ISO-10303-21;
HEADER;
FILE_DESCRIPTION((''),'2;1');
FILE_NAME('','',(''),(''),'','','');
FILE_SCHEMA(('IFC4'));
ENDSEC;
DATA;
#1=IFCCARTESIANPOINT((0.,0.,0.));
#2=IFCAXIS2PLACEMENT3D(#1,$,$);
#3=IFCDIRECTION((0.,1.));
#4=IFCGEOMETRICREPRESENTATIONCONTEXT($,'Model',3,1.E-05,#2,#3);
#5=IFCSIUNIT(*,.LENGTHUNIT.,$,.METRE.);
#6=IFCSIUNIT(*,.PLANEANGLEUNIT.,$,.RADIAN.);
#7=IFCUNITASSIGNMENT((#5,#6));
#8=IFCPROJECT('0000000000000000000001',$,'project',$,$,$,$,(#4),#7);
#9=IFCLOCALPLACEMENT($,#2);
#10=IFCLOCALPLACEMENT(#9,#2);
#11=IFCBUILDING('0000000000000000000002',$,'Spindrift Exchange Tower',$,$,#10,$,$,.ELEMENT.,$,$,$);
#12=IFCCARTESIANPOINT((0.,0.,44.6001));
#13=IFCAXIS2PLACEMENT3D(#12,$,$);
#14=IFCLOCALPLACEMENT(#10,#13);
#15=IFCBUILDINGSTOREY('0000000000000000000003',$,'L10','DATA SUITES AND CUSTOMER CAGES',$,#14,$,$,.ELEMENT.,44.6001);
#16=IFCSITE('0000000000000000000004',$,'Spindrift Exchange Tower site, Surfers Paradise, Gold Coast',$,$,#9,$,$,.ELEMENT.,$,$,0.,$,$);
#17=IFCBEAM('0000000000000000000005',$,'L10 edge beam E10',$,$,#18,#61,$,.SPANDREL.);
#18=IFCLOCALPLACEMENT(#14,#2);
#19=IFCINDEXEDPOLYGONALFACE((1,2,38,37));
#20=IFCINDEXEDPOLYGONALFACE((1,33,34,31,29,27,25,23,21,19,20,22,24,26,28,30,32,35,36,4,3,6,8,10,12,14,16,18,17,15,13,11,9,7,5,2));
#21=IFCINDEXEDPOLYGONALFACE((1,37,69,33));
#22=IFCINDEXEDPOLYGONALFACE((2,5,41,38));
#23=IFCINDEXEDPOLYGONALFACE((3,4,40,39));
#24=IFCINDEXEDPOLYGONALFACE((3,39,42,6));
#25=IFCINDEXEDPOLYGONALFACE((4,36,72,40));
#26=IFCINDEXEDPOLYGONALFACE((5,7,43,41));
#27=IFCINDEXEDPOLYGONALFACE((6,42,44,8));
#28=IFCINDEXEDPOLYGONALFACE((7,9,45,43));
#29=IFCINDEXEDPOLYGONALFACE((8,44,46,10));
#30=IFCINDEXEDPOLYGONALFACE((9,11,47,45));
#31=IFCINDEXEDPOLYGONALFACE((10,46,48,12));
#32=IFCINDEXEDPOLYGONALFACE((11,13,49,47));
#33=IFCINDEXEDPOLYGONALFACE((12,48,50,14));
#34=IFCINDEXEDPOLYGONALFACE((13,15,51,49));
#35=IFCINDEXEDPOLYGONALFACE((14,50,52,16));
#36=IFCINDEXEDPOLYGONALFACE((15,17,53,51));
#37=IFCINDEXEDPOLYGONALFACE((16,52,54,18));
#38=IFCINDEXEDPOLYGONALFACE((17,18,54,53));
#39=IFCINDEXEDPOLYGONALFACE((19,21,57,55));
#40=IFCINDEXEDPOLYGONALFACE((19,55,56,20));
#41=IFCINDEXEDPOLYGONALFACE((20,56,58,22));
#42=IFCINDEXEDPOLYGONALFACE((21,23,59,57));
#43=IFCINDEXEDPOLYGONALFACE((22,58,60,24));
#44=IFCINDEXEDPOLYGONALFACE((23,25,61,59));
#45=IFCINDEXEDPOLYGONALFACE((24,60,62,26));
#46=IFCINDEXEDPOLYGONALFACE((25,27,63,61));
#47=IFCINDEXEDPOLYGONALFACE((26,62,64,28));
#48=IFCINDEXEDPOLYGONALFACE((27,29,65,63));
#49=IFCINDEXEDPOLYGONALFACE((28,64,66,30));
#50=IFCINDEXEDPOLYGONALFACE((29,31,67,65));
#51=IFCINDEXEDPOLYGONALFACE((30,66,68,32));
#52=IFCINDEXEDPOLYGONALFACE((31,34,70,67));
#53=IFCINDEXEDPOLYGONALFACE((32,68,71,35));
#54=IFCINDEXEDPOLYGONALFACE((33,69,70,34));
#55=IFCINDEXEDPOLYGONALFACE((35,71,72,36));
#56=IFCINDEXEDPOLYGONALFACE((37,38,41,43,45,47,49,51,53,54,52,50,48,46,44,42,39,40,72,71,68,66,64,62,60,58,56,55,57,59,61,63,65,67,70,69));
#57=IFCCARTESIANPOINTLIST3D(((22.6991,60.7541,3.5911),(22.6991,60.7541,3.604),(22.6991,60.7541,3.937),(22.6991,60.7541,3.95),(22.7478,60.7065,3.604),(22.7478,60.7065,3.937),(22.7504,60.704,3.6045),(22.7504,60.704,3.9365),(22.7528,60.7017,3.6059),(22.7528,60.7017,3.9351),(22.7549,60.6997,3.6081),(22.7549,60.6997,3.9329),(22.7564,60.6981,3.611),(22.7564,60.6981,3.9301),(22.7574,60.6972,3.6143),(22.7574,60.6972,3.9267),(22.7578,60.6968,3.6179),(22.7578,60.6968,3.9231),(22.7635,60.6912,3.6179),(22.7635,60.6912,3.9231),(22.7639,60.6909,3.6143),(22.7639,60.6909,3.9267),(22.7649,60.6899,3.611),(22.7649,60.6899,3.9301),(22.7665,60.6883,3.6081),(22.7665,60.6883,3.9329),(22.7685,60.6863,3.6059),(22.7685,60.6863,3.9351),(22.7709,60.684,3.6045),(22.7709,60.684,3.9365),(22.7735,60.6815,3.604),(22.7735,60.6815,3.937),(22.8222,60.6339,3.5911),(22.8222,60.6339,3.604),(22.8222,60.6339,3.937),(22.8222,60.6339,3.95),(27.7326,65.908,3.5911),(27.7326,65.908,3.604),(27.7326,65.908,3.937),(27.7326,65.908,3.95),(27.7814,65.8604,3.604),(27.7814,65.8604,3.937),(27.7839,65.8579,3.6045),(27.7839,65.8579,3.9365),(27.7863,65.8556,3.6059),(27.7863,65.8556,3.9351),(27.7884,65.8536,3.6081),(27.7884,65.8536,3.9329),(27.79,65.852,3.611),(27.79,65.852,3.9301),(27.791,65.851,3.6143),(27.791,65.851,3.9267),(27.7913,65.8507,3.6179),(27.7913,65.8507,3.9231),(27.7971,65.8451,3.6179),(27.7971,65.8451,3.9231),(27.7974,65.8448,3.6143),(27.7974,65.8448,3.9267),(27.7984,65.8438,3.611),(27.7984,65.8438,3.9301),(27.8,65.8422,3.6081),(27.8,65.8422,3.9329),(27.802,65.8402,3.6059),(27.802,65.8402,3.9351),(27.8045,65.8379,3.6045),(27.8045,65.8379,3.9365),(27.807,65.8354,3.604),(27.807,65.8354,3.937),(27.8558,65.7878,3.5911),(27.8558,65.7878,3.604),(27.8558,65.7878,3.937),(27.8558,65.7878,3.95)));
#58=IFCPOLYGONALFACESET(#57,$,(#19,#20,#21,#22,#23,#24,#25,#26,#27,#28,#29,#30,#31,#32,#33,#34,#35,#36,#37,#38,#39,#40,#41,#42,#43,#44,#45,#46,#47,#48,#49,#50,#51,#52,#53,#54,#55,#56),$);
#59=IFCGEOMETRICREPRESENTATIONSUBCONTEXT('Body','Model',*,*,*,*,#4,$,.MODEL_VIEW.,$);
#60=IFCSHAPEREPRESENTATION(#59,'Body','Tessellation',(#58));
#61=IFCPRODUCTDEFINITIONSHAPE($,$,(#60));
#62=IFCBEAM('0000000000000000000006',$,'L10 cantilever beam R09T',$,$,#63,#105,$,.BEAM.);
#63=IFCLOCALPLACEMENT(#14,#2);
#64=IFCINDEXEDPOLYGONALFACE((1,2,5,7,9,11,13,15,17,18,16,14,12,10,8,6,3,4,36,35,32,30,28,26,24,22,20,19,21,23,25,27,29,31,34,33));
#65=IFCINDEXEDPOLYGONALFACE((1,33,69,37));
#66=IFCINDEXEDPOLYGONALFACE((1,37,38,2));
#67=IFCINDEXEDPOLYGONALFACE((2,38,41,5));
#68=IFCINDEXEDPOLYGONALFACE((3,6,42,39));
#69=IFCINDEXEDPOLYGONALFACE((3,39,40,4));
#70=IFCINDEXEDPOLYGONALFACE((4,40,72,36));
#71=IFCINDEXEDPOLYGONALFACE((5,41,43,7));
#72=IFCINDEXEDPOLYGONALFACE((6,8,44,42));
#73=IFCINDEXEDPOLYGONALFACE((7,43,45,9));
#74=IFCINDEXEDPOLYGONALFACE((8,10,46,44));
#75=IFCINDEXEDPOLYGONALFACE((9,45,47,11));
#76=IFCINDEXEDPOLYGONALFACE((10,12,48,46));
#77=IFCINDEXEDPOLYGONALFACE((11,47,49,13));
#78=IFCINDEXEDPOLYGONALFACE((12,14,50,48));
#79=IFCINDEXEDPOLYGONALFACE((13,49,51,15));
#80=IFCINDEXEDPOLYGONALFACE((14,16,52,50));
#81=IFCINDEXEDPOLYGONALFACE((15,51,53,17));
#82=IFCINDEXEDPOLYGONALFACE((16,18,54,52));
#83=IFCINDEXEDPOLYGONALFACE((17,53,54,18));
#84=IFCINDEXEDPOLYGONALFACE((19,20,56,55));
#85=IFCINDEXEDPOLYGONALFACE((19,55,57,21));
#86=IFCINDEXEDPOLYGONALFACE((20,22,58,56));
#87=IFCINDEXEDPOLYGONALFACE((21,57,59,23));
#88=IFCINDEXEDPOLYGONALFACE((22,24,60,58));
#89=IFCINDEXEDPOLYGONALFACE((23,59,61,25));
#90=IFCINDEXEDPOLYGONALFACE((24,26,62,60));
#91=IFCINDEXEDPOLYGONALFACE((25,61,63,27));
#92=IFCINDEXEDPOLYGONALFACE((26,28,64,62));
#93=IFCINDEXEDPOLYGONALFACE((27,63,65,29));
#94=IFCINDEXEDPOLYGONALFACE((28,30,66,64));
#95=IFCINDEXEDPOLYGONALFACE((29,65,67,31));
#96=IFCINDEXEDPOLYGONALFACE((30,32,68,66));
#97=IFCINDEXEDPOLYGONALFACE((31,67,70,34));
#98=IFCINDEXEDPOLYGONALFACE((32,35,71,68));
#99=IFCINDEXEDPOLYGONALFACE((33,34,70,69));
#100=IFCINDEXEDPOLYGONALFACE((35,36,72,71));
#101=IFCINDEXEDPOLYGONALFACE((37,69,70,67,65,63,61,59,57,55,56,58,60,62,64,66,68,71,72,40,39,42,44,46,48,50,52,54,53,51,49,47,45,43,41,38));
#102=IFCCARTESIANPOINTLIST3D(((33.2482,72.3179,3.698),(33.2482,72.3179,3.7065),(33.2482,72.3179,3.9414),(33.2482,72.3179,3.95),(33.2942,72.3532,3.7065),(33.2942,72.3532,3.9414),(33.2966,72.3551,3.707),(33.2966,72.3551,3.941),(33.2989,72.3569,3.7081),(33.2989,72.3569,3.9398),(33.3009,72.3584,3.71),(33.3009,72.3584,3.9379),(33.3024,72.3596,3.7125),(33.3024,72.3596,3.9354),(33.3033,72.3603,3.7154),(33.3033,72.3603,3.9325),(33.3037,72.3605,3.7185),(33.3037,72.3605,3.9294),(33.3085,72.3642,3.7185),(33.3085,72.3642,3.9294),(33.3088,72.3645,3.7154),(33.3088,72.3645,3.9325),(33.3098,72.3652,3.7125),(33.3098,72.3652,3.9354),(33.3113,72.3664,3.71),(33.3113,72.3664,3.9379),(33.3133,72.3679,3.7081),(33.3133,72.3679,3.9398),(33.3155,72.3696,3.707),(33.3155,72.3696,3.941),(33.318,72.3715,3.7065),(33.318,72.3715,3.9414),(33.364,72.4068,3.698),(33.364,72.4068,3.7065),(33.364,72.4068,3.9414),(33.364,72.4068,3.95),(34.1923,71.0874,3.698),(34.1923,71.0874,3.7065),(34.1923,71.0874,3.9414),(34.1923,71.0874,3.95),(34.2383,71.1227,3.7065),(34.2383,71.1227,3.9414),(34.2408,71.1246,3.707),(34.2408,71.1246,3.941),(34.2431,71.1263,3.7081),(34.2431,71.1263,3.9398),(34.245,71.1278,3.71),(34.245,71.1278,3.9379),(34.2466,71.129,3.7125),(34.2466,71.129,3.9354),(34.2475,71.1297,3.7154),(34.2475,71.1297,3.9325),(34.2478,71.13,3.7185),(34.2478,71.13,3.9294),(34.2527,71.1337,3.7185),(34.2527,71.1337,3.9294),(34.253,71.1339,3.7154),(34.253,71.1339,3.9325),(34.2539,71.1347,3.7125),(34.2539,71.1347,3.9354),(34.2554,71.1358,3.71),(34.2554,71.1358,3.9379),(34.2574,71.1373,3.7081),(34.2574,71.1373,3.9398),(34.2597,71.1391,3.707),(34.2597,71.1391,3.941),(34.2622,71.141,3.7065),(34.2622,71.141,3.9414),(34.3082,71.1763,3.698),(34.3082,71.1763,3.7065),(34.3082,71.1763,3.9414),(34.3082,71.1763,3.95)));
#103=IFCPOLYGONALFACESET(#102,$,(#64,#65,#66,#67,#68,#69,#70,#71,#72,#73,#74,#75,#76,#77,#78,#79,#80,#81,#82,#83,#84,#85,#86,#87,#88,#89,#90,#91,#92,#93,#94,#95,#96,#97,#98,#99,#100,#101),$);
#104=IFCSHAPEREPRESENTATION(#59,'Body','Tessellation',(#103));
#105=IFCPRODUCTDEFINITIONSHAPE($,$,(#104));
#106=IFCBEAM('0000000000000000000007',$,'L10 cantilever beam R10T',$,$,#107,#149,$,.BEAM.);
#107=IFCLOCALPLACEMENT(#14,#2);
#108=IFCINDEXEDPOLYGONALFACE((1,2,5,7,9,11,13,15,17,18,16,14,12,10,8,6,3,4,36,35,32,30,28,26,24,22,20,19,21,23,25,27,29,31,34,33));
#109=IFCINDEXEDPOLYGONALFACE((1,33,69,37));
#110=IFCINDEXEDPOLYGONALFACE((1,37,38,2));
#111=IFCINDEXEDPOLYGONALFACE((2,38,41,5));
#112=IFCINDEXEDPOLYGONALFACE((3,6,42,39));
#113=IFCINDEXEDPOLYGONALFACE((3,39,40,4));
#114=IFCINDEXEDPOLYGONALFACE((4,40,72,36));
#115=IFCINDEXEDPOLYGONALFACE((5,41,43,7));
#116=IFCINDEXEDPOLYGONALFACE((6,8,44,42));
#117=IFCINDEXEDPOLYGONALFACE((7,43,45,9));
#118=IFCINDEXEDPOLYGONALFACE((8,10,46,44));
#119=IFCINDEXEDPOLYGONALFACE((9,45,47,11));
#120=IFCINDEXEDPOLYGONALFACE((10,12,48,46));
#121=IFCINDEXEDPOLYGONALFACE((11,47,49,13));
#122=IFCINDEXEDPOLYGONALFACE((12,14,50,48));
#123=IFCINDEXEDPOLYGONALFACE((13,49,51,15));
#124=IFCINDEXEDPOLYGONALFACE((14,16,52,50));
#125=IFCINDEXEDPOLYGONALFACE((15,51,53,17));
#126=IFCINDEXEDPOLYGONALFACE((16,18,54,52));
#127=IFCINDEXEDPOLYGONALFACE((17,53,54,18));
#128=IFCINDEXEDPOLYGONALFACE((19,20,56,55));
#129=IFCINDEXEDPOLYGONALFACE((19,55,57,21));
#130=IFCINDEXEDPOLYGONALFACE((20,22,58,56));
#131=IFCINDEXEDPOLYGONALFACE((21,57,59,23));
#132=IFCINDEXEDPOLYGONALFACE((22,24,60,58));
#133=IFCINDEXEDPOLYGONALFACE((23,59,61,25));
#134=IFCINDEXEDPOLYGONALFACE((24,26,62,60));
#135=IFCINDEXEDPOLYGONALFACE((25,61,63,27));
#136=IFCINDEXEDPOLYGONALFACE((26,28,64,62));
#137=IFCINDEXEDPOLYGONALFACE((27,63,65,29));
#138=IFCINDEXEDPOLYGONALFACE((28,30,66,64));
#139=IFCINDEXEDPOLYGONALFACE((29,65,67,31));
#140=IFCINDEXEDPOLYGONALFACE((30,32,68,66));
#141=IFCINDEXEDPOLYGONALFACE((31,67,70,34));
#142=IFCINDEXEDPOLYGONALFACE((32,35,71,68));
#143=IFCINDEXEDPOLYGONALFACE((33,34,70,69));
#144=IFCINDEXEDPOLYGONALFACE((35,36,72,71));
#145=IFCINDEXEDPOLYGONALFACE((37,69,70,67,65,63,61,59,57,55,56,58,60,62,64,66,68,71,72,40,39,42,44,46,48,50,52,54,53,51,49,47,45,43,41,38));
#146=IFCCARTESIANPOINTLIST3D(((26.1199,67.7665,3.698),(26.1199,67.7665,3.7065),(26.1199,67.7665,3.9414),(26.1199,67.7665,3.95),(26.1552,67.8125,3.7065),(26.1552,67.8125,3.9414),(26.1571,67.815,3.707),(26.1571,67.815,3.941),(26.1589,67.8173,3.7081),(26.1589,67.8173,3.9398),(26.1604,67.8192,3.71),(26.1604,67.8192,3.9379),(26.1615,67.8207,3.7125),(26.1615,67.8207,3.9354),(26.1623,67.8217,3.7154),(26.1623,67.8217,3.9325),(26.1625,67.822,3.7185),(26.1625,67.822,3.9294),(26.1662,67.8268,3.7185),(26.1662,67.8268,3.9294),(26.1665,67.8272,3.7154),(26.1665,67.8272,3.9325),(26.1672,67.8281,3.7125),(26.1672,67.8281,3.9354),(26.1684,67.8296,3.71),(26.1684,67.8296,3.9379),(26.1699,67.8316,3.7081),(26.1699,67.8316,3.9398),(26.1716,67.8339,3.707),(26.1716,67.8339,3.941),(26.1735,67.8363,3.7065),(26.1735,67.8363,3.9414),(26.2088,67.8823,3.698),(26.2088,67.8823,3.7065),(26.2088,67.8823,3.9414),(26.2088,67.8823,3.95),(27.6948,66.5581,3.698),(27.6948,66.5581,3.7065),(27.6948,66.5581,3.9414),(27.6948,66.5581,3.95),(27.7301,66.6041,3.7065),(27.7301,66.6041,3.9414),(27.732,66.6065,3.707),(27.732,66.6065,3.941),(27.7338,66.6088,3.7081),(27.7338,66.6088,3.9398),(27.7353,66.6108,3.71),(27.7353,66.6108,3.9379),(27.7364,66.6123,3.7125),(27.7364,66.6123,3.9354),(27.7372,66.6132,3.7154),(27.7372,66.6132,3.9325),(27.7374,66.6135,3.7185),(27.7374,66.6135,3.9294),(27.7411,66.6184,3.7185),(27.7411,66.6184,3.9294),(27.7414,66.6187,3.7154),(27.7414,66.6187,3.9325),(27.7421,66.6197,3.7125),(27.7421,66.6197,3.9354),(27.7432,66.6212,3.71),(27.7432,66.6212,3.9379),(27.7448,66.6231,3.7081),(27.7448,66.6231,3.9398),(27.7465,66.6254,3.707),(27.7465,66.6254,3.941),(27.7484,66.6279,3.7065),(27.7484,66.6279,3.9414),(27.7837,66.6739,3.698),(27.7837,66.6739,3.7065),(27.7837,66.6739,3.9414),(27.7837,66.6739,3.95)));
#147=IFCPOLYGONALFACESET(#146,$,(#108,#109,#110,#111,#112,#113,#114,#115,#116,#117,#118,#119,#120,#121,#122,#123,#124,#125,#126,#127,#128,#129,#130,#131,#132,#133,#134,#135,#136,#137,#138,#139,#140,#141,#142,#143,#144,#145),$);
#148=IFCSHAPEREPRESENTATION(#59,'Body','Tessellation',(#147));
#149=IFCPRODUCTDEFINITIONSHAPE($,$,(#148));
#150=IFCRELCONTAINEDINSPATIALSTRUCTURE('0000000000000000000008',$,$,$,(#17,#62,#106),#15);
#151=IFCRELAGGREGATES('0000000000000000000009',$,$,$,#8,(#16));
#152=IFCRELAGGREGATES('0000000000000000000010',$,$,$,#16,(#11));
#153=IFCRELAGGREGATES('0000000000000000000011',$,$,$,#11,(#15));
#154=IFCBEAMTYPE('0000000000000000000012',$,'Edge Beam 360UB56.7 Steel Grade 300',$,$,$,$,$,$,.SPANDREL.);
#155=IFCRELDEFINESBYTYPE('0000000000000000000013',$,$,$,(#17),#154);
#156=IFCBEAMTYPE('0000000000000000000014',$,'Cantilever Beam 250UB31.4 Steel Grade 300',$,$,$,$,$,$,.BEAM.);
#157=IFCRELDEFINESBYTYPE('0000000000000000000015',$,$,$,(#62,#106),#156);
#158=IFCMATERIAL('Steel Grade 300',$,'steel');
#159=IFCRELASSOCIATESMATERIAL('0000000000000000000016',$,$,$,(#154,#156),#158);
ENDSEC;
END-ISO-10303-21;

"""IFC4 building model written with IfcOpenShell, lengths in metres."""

from ifc_helpers import new_model, si_unit, direction, frame, origin, origin_2d, place, context, subcontext, project, spatial, i_section, extrude, source, transform, mapped, material, material_profile, profile_set, type_object, element, save


model = new_model("IFC4")

# Units and contexts
model_context = context("Model", 3, precision=1e-05, world=origin(), true_north=direction((0.0, 1.0)))
body_context = subcontext(model_context, "Body", "Model", "MODEL_VIEW")
ifc_project = project(units=[si_unit("LENGTHUNIT", "METRE"), si_unit("PLANEANGLEUNIT", "RADIAN")], contexts=[model_context])

# Site, building, storey
site_placement = place(None, origin())
site = spatial("IfcSite", under=ifc_project, at=site_placement, Name="Spindrift Exchange Tower site, Surfers Paradise, Gold Coast", CompositionType="ELEMENT", RefElevation=0.0)
building_placement = place(site_placement, origin())
building = spatial("IfcBuilding", under=site, at=building_placement, Name="Spindrift Exchange Tower", CompositionType="ELEMENT")
storey_placement = place(building_placement, frame((0.0, 0.0, 44.6001)))
storey = spatial("IfcBuildingStorey", under=building, at=storey_placement, Name="L10", Description="DATA SUITES AND CUSTOMER CAGES", CompositionType="ELEMENT", Elevation=44.6001)

# Beams
ifc_material_1 = material(Name="Steel Grade 300", Category="steel")
ifc_material_profile_1 = material_profile(ifc_material_1, i_section(OverallWidth=0.1721, OverallDepth=0.3589, WebThickness=0.0081, FlangeThickness=0.0129, FilletRadius=0.0139, at=origin_2d()), Name="360UB56.7")
ifc_profile_set_1 = profile_set([ifc_material_profile_1], Name="Steel Grade 300")
beam_type_1 = type_object("IfcBeamType", Name="Edge Beam 360UB56.7 Steel Grade 300", PredefinedType="SPANDREL", material=ifc_profile_set_1)
shared_shape_1 = source(origin(), body_context, "Body", "SweptSolid", [
    extrude(i_section(OverallWidth=0.1721, OverallDepth=0.3589, WebThickness=0.0081, FlangeThickness=0.0129, FilletRadius=0.0139, at=origin_2d()), origin(), (0.0, 0.0, 1.0), 7.2041),
])
beam_1_placement = place(storey_placement, frame((27.7942, 65.8479, 3.7705), z_axis=(-0.698704, -0.715411, 0.0), x_axis=(0.715411, -0.698704, 0.0)))
element("IfcBeam", 1, at=beam_1_placement, inside=storey, type_object=beam_type_1, Name="L10 edge beam E10", PredefinedType="SPANDREL", context=body_context, shape_type="MappedRepresentation", body=[
    mapped(shared_shape_1, transform((0.0, 0.0, 0.0), scale=1.0)),
])
ifc_material_profile_2 = material_profile(ifc_material_1, i_section(OverallWidth=0.146, OverallDepth=0.252, WebThickness=0.0061, FlangeThickness=0.0085, FilletRadius=0.012, at=origin_2d()), Name="250UB31.4")
ifc_profile_set_2 = profile_set([ifc_material_profile_2], Name="Steel Grade 300")
beam_type_2 = type_object("IfcBeamType", Name="Cantilever Beam 250UB31.4 Steel Grade 300", PredefinedType="BEAM", material=ifc_profile_set_2)
shared_shape_2 = source(origin(), body_context, "Body", "SweptSolid", [
    extrude(i_section(OverallWidth=0.146, OverallDepth=0.252, WebThickness=0.0061, FlangeThickness=0.0085, FilletRadius=0.012, at=origin_2d()), origin(), (0.0, 0.0, 1.0), 1.551),
])
beam_2_placement = place(storey_placement, frame((34.2502, 71.1318, 3.824), z_axis=(-0.608729, 0.793378, 0.0), x_axis=(-0.793378, -0.608729, 0.0)))
element("IfcBeam", 2, at=beam_2_placement, inside=storey, type_object=beam_type_2, Name="L10 cantilever beam R09T", PredefinedType="BEAM", context=body_context, shape_type="MappedRepresentation", body=[
    mapped(shared_shape_2, transform((0.0, 0.0, 0.0), scale=1.0)),
])
shared_shape_3 = source(origin(), body_context, "Body", "SweptSolid", [
    extrude(i_section(OverallWidth=0.146, OverallDepth=0.252, WebThickness=0.0061, FlangeThickness=0.0085, FilletRadius=0.012, at=origin_2d()), origin(), (0.0, 0.0, 1.0), 1.9851),
])
beam_3_placement = place(storey_placement, frame((27.7393, 66.616, 3.824), z_axis=(-0.793355, 0.608759, 0.0), x_axis=(-0.608759, -0.793355, 0.0)))
element("IfcBeam", 3, at=beam_3_placement, inside=storey, type_object=beam_type_2, Name="L10 cantilever beam R10T", PredefinedType="BEAM", context=body_context, shape_type="MappedRepresentation", body=[
    mapped(shared_shape_3, transform((0.0, 0.0, 0.0), scale=1.0)),
])

save(model, "model.ifc")
